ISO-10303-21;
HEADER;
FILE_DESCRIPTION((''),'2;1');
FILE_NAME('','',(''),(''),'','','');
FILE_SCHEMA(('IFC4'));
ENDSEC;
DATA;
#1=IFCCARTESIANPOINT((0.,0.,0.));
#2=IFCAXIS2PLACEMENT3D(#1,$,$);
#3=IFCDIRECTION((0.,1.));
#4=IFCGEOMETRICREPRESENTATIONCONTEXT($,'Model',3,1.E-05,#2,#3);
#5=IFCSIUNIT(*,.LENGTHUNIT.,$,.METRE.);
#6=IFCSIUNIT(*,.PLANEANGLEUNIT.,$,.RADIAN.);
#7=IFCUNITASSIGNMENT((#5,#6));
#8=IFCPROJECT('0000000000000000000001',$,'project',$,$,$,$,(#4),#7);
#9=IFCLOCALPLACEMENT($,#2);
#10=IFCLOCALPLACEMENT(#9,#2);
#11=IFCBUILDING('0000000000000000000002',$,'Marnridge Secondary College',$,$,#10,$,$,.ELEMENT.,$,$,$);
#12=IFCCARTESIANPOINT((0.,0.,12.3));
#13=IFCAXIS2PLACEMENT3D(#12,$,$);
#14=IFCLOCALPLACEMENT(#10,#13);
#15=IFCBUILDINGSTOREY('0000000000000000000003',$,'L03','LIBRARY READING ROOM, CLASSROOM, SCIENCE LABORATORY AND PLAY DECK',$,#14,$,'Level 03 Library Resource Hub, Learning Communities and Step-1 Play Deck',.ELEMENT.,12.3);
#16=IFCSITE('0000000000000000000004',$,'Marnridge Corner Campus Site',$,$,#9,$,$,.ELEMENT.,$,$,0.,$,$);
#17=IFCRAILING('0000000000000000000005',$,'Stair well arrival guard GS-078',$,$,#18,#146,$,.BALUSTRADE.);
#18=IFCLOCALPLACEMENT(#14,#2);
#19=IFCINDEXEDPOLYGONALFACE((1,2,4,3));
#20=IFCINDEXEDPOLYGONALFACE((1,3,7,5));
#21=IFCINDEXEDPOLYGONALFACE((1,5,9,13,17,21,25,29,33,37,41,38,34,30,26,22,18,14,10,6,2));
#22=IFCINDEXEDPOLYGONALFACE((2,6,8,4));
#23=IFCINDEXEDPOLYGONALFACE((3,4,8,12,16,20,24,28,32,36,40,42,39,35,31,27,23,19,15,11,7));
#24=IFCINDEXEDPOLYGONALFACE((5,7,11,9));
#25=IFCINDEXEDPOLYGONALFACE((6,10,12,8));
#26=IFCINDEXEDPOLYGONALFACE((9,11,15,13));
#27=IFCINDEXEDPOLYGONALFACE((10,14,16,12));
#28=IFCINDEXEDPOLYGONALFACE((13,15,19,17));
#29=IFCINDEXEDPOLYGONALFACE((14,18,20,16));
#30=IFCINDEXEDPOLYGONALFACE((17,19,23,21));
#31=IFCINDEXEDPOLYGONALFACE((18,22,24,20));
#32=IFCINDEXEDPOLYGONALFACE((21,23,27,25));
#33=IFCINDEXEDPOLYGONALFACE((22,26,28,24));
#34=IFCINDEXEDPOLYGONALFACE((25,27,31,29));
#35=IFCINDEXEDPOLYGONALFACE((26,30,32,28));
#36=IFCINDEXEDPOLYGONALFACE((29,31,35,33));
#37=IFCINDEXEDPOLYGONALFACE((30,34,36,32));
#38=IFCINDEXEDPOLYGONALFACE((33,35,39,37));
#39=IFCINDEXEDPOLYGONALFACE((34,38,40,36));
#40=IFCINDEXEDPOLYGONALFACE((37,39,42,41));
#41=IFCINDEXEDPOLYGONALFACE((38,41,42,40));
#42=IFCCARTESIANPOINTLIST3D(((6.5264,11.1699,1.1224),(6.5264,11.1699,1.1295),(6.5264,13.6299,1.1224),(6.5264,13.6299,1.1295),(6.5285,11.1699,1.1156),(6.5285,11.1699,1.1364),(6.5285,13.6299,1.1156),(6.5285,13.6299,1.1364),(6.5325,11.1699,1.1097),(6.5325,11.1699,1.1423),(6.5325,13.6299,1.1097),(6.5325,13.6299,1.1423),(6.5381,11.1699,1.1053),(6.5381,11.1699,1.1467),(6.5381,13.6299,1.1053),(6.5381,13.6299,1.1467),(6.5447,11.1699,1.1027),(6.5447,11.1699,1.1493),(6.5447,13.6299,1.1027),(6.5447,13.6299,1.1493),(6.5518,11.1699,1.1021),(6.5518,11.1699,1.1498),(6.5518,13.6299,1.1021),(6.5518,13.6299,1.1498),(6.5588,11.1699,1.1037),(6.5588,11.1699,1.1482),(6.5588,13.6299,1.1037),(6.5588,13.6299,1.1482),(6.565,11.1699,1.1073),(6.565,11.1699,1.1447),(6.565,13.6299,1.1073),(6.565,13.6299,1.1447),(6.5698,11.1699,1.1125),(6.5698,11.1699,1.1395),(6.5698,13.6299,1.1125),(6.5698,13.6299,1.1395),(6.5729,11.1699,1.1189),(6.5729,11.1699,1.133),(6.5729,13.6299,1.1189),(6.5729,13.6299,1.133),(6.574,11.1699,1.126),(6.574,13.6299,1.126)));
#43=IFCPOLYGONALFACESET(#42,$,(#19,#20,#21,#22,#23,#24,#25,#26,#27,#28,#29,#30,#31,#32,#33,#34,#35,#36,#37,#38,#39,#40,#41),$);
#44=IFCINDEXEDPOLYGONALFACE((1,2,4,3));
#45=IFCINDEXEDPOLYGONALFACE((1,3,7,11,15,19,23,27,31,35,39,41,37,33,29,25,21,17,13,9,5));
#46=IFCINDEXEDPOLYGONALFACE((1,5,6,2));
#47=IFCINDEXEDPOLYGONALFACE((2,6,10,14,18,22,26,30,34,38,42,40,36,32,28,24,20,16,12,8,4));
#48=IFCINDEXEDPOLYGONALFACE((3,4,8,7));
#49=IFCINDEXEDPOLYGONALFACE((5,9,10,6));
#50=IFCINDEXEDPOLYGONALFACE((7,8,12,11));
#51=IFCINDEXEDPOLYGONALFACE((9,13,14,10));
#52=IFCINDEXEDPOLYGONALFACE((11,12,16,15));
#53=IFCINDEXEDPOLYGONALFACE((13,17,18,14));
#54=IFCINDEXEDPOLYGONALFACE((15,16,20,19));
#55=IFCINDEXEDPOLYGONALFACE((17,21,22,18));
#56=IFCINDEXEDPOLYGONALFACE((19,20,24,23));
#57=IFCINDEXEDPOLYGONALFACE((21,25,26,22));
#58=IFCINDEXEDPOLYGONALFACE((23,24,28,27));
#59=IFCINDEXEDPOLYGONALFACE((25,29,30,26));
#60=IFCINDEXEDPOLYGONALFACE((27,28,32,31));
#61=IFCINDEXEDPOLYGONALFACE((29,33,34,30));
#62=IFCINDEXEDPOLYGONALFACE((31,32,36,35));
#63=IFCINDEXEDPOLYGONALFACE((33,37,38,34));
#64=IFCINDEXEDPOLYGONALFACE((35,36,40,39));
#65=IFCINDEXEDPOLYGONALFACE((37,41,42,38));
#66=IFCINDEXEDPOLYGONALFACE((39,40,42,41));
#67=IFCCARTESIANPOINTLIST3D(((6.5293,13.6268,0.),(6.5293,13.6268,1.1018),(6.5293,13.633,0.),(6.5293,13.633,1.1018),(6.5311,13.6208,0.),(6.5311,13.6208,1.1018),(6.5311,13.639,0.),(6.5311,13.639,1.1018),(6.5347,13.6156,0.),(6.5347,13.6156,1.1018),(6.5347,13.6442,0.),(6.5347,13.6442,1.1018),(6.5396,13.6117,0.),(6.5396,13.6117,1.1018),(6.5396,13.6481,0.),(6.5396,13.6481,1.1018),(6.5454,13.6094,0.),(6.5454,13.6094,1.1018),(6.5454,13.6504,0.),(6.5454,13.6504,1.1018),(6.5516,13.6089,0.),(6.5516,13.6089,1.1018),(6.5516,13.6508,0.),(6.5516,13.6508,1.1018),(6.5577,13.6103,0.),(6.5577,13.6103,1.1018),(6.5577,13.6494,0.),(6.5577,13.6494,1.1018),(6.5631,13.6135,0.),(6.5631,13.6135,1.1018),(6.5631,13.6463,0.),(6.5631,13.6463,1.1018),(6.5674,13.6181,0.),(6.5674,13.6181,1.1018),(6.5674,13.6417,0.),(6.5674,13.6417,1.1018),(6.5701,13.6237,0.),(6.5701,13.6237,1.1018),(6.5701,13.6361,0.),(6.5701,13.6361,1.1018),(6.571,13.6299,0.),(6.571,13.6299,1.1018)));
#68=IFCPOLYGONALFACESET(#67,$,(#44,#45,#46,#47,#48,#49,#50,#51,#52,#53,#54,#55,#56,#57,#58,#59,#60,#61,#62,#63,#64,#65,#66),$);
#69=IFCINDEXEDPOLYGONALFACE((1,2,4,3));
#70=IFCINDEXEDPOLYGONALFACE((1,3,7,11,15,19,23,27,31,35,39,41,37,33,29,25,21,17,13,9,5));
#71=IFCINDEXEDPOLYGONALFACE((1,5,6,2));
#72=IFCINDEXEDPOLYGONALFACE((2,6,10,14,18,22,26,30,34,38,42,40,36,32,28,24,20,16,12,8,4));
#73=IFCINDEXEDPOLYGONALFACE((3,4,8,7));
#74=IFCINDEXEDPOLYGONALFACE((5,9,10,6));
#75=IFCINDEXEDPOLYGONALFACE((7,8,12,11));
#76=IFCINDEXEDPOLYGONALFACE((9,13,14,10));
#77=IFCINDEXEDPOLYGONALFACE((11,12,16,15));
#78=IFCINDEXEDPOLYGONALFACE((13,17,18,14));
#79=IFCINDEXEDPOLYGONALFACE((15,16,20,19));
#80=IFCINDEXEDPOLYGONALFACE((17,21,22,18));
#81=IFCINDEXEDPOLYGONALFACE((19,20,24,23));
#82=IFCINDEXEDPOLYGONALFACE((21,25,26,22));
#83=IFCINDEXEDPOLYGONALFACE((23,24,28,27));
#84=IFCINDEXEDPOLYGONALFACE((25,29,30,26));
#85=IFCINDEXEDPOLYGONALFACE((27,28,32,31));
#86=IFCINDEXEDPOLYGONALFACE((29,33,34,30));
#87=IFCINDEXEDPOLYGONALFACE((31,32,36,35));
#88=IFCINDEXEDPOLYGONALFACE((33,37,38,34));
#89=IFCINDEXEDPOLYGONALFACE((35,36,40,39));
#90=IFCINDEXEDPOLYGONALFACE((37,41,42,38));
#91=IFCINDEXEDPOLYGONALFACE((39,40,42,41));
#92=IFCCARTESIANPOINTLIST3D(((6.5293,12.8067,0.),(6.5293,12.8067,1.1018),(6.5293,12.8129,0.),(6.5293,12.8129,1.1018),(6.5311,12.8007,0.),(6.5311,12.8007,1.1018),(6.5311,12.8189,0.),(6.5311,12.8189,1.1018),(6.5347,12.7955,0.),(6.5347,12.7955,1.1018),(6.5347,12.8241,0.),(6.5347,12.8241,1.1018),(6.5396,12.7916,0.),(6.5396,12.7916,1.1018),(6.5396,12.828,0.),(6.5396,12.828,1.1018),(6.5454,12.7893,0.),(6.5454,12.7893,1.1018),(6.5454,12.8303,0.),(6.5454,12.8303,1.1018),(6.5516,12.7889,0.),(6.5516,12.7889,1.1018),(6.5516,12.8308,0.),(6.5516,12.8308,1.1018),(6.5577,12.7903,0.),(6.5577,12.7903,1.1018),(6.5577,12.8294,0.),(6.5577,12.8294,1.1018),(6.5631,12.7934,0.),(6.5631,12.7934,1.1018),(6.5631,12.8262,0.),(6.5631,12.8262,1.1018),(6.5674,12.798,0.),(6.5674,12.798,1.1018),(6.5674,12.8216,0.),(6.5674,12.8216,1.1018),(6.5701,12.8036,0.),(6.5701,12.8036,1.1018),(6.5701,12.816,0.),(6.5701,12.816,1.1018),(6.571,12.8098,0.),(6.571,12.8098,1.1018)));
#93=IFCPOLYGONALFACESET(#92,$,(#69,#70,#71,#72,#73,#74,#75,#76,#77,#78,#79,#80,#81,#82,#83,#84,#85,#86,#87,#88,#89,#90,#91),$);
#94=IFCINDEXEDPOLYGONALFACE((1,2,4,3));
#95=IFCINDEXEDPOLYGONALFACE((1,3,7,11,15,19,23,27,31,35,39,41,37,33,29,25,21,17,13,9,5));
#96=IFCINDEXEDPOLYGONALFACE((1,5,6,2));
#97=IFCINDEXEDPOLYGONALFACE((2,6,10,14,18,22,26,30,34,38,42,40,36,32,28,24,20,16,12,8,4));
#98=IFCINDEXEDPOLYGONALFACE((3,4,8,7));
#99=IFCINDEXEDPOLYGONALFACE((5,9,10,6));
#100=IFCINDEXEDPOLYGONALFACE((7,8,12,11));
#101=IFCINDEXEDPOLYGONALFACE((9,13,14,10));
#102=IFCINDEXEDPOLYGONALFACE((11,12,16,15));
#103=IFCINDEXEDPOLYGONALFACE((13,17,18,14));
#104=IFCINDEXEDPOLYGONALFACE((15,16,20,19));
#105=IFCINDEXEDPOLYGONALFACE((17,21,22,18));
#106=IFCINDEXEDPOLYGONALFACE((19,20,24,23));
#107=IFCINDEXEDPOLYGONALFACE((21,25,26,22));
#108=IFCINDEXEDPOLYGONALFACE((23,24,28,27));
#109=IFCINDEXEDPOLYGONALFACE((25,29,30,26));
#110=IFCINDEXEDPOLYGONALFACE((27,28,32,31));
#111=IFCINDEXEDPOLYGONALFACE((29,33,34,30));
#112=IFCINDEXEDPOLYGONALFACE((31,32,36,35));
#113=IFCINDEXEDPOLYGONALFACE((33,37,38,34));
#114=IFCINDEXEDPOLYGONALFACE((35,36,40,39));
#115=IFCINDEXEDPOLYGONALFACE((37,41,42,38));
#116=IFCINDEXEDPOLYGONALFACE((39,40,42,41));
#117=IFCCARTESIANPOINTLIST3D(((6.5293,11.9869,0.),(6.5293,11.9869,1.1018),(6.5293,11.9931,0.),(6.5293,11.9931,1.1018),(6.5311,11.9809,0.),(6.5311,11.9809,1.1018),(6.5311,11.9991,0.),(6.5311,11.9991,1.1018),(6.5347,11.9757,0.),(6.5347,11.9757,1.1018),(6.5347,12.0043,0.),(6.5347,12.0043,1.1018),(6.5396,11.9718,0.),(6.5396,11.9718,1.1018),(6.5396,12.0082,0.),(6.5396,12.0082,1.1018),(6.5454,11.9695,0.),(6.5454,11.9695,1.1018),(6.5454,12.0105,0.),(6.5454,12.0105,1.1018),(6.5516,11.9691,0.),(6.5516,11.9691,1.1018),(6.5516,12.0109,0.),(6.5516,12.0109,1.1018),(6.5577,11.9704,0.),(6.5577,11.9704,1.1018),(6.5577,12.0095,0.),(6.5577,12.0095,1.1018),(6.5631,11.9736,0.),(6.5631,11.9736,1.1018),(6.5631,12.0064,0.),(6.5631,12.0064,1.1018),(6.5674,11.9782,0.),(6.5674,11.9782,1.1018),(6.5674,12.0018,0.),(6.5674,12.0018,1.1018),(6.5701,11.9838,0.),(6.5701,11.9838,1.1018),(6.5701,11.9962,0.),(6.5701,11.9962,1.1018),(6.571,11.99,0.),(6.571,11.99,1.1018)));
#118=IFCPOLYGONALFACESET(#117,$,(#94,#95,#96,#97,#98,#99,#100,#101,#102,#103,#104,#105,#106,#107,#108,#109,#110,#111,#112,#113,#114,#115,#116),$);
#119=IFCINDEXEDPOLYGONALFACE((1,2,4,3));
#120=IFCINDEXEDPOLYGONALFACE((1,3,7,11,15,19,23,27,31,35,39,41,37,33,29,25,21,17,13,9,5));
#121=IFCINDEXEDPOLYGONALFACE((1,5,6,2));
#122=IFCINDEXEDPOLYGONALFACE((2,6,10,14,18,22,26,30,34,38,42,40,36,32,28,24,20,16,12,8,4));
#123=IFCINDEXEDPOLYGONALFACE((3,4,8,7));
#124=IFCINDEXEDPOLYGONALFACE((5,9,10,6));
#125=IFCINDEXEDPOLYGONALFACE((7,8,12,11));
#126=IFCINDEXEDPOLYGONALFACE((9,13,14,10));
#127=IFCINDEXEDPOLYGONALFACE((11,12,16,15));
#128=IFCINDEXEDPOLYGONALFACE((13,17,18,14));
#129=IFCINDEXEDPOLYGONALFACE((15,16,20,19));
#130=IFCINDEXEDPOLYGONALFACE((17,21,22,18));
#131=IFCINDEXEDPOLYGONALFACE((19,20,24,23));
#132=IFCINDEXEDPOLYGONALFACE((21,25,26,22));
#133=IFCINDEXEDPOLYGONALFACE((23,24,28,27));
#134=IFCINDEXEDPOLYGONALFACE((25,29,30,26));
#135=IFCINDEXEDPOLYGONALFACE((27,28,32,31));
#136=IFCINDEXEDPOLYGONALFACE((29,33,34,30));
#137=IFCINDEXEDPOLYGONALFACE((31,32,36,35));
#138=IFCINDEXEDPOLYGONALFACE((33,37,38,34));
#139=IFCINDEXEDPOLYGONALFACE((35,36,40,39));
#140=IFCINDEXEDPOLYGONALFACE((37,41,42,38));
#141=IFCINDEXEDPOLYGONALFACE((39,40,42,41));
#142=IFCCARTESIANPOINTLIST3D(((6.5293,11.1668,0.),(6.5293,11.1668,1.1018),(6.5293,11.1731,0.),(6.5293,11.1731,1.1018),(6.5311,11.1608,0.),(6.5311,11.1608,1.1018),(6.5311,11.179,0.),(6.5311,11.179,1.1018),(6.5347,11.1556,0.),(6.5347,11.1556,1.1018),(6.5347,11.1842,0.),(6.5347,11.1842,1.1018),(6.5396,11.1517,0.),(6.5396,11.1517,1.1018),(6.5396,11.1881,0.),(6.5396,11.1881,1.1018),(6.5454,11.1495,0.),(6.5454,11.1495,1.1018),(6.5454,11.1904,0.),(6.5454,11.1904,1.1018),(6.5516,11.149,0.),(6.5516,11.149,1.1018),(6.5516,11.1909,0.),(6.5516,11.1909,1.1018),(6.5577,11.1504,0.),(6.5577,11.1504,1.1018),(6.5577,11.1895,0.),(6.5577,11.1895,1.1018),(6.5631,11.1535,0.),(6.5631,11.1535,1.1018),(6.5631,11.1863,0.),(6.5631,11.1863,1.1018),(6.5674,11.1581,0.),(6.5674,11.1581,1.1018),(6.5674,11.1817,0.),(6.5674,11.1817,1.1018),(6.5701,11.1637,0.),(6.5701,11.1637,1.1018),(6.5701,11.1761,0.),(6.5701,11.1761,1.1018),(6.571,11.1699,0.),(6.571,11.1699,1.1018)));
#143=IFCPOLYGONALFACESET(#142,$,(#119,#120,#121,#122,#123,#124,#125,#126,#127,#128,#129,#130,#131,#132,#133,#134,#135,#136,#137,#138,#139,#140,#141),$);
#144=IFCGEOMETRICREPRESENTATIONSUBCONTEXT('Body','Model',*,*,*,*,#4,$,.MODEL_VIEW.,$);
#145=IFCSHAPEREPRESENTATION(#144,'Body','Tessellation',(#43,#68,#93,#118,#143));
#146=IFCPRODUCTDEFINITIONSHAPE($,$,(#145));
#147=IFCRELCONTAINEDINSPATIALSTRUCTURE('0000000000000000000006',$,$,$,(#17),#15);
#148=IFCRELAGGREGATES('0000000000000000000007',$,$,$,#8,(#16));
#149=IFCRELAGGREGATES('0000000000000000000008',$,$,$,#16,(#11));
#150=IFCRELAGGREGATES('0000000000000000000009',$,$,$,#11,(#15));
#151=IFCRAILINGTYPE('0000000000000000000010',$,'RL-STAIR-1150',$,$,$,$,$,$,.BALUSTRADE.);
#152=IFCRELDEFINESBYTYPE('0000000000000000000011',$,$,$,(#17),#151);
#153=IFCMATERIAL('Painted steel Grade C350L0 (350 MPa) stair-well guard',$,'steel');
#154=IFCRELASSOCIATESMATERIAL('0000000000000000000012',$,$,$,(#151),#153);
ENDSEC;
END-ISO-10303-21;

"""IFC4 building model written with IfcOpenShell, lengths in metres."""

from ifc_helpers import new_model, si_unit, direction, frame, origin, origin_2d, place, context, subcontext, project, spatial, circle, extrude, material, type_object, element, save


model = new_model("IFC4")

# Units and contexts
model_context = context("Model", 3, precision=1e-05, world=origin(), true_north=direction((0.0, 1.0)))
body_context = subcontext(model_context, "Body", "Model", "MODEL_VIEW")
ifc_project = project(units=[si_unit("LENGTHUNIT", "METRE"), si_unit("PLANEANGLEUNIT", "RADIAN")], contexts=[model_context])

# Site, building, storey
site_placement = place(None, origin())
site = spatial("IfcSite", under=ifc_project, at=site_placement, Name="Marnridge Corner Campus Site", CompositionType="ELEMENT", RefElevation=0.0)
building_placement = place(site_placement, origin())
building = spatial("IfcBuilding", under=site, at=building_placement, Name="Marnridge Secondary College", CompositionType="ELEMENT")
storey_placement = place(building_placement, frame((0.0, 0.0, 12.3)))
storey = spatial("IfcBuildingStorey", under=building, at=storey_placement, Name="L03", Description="LIBRARY READING ROOM, CLASSROOM, SCIENCE LABORATORY AND PLAY DECK", LongName="Level 03 Library Resource Hub, Learning Communities and Step-1 Play Deck", CompositionType="ELEMENT", Elevation=12.3)

# Railing
ifc_material_1 = material(Name="Painted steel Grade C350L0 (350 MPa) stair-well guard", Category="steel")
railing_type_1 = type_object("IfcRailingType", Name="RL-STAIR-1150", PredefinedType="BALUSTRADE", material=ifc_material_1)
railing_1_placement = place(storey_placement, frame((6.55, 13.6299, 0.0)))
element("IfcRailing", 1, at=railing_1_placement, inside=storey, type_object=railing_type_1, Name="Stair well arrival guard GS-078", PredefinedType="BALUSTRADE", context=body_context, shape_type="SweptSolid", body=[
    extrude(circle(Radius=0.0239, at=origin_2d()), frame((0.0, 0.0, 1.126), z_axis=(0.0, -1.0, 0.0), x_axis=(1.0, 0.0, 0.0)), (0.0, 0.0, 1.0), 2.46),
    extrude(circle(Radius=0.021, at=origin_2d()), origin(), (0.0, 0.0, 1.0), 1.1018),
    extrude(circle(Radius=0.021, at=origin_2d()), frame((0.0, -0.8201, 0.0)), (0.0, 0.0, 1.0), 1.1018),
    extrude(circle(Radius=0.021, at=origin_2d()), frame((0.0, -1.6399, 0.0)), (0.0, 0.0, 1.0), 1.1018),
    extrude(circle(Radius=0.021, at=origin_2d()), frame((0.0, -2.46, 0.0)), (0.0, 0.0, 1.0), 1.1018),
])

save(model, "model.ifc")
